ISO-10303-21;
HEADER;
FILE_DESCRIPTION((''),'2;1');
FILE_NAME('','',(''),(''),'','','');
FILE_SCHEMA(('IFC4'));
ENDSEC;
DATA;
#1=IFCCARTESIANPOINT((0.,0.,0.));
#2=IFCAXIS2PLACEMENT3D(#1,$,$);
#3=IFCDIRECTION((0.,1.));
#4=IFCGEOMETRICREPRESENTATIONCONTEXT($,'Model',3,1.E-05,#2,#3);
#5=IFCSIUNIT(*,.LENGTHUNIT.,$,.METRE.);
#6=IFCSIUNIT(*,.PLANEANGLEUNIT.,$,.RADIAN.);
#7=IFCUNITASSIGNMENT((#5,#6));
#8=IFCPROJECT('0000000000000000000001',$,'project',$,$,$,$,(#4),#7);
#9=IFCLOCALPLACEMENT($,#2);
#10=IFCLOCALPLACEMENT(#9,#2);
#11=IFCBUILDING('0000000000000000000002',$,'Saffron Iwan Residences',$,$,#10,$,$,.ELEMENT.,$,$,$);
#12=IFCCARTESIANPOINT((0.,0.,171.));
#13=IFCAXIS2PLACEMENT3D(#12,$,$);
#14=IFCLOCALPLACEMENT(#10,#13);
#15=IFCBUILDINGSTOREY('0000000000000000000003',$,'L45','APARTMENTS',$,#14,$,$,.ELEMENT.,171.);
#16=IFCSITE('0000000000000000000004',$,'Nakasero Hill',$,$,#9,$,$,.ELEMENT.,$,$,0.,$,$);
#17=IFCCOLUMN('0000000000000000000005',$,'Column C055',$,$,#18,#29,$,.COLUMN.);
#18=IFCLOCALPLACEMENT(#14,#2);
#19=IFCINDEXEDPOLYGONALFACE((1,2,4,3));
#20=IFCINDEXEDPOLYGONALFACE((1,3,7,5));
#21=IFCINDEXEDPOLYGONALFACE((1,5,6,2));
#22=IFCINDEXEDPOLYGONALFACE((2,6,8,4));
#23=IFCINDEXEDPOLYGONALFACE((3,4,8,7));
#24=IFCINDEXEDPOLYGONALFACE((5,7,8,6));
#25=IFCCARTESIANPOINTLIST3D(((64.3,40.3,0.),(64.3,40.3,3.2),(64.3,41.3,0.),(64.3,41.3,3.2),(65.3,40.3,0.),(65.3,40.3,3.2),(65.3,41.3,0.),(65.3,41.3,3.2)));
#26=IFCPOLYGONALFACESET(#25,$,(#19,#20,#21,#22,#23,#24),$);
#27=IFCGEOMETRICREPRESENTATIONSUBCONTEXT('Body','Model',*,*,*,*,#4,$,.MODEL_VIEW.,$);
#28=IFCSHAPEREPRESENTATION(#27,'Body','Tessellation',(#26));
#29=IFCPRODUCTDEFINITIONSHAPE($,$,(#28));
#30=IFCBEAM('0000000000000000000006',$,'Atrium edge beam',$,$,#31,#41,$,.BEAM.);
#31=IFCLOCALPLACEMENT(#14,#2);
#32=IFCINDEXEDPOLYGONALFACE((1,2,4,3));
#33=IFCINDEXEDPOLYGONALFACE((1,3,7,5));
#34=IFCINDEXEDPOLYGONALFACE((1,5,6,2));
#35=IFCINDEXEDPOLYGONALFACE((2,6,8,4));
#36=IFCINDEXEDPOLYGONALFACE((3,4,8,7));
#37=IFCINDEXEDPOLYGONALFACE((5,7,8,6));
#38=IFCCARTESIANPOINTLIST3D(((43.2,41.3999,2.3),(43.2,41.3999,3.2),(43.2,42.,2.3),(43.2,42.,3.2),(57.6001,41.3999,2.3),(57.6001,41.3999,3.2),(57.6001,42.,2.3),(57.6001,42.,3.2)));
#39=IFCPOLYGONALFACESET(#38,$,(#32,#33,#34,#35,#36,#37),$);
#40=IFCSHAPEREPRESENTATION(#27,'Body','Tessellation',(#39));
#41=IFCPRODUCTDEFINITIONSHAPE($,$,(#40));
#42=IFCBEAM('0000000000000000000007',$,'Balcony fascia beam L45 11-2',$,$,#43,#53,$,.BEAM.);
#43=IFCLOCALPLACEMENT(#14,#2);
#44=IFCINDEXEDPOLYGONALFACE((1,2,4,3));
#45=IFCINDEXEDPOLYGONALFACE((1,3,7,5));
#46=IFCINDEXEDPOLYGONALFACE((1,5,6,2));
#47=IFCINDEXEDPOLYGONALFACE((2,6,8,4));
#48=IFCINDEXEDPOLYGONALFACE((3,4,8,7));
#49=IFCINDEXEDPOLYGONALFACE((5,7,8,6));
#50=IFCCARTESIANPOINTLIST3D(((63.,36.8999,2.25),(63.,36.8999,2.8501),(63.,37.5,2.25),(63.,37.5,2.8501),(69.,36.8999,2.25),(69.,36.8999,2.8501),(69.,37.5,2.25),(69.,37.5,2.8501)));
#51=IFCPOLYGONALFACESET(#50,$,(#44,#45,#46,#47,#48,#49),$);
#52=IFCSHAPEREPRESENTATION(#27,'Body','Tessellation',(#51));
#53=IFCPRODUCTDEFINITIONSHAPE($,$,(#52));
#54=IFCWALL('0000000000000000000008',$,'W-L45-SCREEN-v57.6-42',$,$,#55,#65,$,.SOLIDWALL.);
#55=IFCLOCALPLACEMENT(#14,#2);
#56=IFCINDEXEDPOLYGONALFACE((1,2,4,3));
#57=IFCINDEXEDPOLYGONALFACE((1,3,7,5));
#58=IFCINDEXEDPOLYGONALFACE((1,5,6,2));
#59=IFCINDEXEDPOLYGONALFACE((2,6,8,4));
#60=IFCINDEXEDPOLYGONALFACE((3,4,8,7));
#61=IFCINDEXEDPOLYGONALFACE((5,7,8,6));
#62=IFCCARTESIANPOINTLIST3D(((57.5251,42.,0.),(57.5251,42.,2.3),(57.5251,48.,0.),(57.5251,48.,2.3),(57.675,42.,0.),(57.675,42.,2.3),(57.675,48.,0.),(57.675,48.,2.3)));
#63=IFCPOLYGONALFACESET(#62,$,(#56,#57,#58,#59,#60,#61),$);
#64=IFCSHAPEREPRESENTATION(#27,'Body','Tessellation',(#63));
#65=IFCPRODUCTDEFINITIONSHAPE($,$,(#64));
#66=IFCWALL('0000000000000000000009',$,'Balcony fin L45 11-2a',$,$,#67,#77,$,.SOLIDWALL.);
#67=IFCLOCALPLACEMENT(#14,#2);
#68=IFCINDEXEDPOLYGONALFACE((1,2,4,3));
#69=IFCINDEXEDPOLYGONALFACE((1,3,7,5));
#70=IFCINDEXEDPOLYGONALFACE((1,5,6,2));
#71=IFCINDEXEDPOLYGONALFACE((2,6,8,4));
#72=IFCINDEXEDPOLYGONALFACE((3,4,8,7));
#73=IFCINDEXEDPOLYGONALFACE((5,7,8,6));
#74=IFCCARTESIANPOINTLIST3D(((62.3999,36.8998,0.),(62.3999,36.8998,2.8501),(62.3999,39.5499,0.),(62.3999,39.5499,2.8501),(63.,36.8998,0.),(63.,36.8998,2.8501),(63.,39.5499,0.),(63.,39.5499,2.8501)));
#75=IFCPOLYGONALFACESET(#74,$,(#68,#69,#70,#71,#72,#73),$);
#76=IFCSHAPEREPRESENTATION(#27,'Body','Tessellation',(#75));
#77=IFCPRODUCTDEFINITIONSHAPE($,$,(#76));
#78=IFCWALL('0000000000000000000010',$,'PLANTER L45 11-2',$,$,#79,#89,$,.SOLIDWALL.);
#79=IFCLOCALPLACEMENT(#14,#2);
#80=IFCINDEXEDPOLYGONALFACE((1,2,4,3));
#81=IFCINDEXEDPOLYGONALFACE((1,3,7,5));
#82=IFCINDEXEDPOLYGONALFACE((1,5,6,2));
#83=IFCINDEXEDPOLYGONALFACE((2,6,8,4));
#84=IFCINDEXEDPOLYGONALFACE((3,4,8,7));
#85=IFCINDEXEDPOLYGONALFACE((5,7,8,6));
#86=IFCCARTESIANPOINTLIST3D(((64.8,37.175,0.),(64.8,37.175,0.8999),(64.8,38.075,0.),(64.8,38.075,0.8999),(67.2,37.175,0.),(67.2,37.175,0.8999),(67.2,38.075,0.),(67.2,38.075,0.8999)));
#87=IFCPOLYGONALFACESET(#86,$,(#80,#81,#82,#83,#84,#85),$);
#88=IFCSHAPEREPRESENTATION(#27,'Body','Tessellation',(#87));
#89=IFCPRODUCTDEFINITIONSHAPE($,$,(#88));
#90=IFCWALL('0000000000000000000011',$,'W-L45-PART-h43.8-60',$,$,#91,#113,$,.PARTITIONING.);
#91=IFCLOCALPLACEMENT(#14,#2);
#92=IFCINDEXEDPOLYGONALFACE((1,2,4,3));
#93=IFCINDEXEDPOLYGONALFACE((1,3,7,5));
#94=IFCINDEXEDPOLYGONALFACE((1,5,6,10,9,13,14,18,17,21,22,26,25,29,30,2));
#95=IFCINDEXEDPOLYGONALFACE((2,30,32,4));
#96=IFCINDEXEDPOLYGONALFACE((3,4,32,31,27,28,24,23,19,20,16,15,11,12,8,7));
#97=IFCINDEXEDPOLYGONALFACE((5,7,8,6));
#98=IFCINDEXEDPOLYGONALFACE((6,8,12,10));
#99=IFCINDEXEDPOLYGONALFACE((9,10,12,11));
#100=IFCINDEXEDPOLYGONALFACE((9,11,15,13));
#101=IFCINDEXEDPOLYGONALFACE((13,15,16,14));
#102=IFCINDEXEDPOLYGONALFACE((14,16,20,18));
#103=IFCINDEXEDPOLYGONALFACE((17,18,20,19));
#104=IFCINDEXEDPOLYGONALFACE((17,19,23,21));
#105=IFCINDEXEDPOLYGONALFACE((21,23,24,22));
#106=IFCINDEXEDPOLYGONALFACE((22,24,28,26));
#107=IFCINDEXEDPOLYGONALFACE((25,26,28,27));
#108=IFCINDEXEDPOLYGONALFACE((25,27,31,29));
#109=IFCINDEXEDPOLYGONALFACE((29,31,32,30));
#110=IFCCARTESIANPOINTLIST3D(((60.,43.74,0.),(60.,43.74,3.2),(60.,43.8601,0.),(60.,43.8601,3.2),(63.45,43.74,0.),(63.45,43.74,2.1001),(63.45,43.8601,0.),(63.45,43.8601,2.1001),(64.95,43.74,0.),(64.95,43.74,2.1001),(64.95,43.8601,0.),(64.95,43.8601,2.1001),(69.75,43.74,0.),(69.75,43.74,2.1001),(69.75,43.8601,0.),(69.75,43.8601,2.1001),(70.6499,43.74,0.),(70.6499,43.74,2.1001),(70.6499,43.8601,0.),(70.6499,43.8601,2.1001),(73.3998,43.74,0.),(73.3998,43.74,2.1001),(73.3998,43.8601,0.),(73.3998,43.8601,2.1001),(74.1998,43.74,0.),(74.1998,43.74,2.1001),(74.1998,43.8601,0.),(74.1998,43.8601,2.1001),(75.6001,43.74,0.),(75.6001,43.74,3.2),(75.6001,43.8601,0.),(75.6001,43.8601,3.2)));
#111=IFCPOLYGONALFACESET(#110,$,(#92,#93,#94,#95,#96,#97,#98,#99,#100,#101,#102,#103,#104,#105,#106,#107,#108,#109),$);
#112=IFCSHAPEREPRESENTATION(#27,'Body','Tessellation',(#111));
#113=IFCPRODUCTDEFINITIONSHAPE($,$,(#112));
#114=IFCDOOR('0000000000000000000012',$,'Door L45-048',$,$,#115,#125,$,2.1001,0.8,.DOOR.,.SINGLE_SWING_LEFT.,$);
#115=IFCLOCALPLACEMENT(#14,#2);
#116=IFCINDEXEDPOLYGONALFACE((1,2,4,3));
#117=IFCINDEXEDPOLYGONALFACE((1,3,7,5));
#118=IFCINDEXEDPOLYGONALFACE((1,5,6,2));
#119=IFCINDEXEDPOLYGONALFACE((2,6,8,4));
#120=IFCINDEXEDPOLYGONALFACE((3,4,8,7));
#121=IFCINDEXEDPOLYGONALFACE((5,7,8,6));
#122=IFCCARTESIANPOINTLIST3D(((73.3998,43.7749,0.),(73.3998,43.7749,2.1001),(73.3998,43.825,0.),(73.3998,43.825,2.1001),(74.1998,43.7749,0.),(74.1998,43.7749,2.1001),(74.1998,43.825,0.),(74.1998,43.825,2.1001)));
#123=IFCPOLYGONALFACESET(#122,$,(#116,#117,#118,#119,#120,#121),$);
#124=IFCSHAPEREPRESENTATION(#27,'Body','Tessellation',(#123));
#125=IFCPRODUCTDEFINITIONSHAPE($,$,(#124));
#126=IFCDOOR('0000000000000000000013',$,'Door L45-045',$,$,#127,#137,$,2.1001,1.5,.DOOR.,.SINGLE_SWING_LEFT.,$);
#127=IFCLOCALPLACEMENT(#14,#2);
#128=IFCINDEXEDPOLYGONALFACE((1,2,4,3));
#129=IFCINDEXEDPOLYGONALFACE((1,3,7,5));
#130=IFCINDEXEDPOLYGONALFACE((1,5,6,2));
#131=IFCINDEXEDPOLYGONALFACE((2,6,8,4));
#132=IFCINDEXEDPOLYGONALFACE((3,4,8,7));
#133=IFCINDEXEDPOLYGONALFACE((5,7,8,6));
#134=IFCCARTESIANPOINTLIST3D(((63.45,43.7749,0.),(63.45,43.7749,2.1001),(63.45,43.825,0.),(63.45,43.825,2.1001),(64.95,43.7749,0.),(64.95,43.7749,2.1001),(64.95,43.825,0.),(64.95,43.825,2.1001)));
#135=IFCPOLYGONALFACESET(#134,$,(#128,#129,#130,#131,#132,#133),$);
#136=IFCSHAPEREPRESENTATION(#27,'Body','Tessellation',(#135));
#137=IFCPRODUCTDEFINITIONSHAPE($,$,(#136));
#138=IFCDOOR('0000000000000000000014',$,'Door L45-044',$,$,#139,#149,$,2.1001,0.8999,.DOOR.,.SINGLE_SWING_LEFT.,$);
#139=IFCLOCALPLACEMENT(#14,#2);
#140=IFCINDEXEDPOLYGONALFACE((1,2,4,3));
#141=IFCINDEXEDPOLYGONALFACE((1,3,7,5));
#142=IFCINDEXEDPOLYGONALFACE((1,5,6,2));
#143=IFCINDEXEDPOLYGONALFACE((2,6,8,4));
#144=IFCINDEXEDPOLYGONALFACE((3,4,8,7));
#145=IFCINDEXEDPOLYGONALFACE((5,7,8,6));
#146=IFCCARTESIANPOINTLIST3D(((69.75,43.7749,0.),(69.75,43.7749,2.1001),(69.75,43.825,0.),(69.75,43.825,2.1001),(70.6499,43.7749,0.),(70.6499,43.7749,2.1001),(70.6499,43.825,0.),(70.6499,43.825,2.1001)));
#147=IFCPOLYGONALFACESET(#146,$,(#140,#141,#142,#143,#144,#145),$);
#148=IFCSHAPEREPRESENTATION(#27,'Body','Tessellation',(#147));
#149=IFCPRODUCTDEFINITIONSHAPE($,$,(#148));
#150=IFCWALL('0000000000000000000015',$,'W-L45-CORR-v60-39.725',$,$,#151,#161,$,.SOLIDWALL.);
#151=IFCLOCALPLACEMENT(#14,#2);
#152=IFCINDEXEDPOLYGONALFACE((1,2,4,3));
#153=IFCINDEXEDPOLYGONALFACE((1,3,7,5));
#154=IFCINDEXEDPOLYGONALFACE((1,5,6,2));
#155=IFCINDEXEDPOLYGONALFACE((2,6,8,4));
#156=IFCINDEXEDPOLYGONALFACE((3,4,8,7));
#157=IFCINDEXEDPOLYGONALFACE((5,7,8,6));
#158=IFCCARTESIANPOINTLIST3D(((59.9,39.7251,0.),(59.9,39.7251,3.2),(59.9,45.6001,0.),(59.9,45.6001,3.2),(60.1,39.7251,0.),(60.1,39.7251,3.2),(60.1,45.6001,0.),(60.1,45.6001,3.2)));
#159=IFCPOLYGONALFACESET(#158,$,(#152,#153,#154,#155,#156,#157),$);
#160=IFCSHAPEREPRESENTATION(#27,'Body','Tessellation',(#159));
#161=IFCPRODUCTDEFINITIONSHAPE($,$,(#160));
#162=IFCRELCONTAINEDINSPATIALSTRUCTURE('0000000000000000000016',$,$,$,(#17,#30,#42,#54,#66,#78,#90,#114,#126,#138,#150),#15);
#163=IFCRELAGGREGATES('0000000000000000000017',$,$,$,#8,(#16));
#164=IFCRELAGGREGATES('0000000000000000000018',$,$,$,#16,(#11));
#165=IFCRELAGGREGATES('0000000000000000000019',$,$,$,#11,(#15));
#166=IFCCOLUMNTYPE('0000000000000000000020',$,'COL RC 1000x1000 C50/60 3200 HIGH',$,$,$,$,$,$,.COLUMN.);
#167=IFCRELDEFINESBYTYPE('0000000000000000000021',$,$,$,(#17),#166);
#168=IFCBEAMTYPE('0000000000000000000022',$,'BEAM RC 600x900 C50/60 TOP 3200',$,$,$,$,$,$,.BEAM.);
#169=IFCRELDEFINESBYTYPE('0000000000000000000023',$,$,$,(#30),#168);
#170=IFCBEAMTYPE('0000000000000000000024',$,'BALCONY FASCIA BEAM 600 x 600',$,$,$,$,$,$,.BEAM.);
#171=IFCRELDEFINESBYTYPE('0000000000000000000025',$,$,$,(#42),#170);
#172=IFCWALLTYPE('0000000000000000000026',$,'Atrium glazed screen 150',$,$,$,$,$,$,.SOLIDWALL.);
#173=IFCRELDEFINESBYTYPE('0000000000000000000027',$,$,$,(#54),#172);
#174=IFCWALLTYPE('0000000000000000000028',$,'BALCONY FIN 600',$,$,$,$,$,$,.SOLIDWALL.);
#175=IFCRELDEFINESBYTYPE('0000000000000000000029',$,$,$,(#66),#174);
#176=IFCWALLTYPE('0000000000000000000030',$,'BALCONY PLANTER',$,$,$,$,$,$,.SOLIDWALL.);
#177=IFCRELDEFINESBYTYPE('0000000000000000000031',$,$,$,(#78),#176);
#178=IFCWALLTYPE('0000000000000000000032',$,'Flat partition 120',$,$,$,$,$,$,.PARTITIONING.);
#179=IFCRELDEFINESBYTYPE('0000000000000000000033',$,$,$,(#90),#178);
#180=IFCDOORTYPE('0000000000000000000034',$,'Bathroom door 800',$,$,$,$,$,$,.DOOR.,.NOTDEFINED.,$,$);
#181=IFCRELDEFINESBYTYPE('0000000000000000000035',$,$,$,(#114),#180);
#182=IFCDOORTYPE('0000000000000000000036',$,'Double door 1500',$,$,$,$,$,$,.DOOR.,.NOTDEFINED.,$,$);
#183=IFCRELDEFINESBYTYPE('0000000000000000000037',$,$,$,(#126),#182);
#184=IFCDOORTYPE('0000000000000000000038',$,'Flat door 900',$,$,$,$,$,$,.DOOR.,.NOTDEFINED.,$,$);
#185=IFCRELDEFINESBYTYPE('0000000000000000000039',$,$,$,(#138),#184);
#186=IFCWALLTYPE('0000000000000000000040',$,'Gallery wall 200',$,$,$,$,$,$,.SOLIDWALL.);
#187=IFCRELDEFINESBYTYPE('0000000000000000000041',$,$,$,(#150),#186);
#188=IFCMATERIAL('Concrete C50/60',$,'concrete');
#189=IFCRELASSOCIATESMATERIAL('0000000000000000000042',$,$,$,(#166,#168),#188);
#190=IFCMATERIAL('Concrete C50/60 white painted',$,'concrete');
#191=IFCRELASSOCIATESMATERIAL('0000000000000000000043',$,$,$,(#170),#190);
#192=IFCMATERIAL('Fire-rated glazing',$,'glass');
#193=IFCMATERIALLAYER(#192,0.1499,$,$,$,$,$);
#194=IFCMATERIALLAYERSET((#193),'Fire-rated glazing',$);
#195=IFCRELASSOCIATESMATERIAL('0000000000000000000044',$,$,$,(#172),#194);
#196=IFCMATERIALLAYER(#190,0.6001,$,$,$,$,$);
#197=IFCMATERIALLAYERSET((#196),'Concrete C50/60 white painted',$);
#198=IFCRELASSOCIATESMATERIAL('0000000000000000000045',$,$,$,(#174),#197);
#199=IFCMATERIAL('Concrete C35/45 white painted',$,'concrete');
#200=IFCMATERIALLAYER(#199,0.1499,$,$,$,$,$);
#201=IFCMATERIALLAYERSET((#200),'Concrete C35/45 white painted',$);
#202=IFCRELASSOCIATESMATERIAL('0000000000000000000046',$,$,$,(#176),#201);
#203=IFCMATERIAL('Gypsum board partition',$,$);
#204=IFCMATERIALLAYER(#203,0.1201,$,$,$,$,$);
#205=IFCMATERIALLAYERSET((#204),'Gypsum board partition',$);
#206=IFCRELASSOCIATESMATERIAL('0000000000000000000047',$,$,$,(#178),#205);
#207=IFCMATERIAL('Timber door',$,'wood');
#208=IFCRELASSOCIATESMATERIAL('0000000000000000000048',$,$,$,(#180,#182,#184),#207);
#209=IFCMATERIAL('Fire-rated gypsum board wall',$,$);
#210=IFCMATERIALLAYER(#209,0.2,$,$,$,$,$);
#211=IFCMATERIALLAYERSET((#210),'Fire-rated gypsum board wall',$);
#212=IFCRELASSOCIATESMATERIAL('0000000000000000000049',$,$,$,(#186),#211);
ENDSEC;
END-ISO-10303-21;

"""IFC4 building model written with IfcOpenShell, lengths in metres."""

from ifc_helpers import new_model, si_unit, direction, frame, frame_2d, origin, origin_2d, place, context, subcontext, project, spatial, rectangle, extrude, source, transform, mapped, material, layer, layer_set, material_profile, profile_set, type_object, element, fill, save


model = new_model("IFC4")

# Units and contexts
model_context = context("Model", 3, precision=1e-05, world=origin(), true_north=direction((0.0, 1.0)))
body_context = subcontext(model_context, "Body", "Model", "MODEL_VIEW")
ifc_project = project(units=[si_unit("LENGTHUNIT", "METRE"), si_unit("PLANEANGLEUNIT", "RADIAN")], contexts=[model_context])

# Site, building, storey
site_placement = place(None, origin())
site = spatial("IfcSite", under=ifc_project, at=site_placement, Name="Nakasero Hill", CompositionType="ELEMENT", RefElevation=0.0)
building_placement = place(site_placement, origin())
building = spatial("IfcBuilding", under=site, at=building_placement, Name="Saffron Iwan Residences", CompositionType="ELEMENT")
storey_placement = place(building_placement, frame((0.0, 0.0, 171.0)))
storey = spatial("IfcBuildingStorey", under=building, at=storey_placement, Name="L45", Description="APARTMENTS", CompositionType="ELEMENT", Elevation=171.0)

# Column
ifc_material_1 = material(Name="Concrete C50/60", Category="concrete")
ifc_material_profile_1 = material_profile(ifc_material_1, rectangle(XDim=1.0, YDim=1.0, at=origin_2d()), Name="RC 1000x1000")
ifc_profile_set_1 = profile_set([ifc_material_profile_1], Name="Concrete C50/60")
column_type = type_object("IfcColumnType", Name="COL RC 1000x1000 C50/60 3200 HIGH", PredefinedType="COLUMN", material=ifc_profile_set_1)
shared_shape_1 = source(origin(), body_context, "Body", "SweptSolid", [
    extrude(rectangle(XDim=1.0, YDim=1.0, at=origin_2d()), origin(), (0.0, 0.0, 1.0), 3.2),
])
column_placement = place(storey_placement, frame((64.8, 40.8, 0.0), z_axis=(0.0, 0.0, 1.0), x_axis=(1.0, 0.0, 0.0)))
element("IfcColumn", 1, at=column_placement, inside=storey, type_object=column_type, Name="Column C055", PredefinedType="COLUMN", context=body_context, shape_type="MappedRepresentation", body=[
    mapped(shared_shape_1, transform((0.0, 0.0, 0.0))),
])

# Beams
ifc_material_profile_2 = material_profile(ifc_material_1, rectangle(XDim=0.6001, YDim=0.8999, at=origin_2d()), Name="RC 600x900")
ifc_profile_set_2 = profile_set([ifc_material_profile_2], Name="Concrete C50/60")
beam_type_1 = type_object("IfcBeamType", Name="BEAM RC 600x900 C50/60 TOP 3200", PredefinedType="BEAM", material=ifc_profile_set_2)
shared_shape_2 = source(origin(), body_context, "Body", "SweptSolid", [
    extrude(rectangle(XDim=0.6001, YDim=0.8999, at=origin_2d()), origin(), (0.0, 0.0, 1.0), 14.4001),
])
beam_1_placement = place(storey_placement, frame((57.6001, 41.7, 2.75), z_axis=(-1.0, 0.0, 0.0), x_axis=(0.0, -1.0, 0.0)))
element("IfcBeam", 2, at=beam_1_placement, inside=storey, type_object=beam_type_1, Name="Atrium edge beam", PredefinedType="BEAM", context=body_context, shape_type="MappedRepresentation", body=[
    mapped(shared_shape_2, transform((0.0, 0.0, 0.0))),
])
ifc_material_2 = material(Name="Concrete C50/60 white painted", Category="concrete")
ifc_material_profile_3 = material_profile(ifc_material_2, rectangle(XDim=0.6001, YDim=0.6001, at=origin_2d()), Name="BALCONY FASCIA BEAM 600 x 600")
ifc_profile_set_3 = profile_set([ifc_material_profile_3], Name="Concrete C50/60 white painted")
beam_type_2 = type_object("IfcBeamType", Name="BALCONY FASCIA BEAM 600 x 600", PredefinedType="BEAM", material=ifc_profile_set_3)
shared_shape_3 = source(origin(), body_context, "Body", "SweptSolid", [
    extrude(rectangle(XDim=0.6001, YDim=0.6001, at=origin_2d()), origin(), (0.0, 0.0, 1.0), 6.0),
])
beam_2_placement = place(storey_placement, frame((63.0, 37.2, 2.55), z_axis=(1.0, 0.0, 0.0), x_axis=(0.0, 1.0, 0.0)))
element("IfcBeam", 3, at=beam_2_placement, inside=storey, type_object=beam_type_2, Name="Balcony fascia beam L45 11-2", PredefinedType="BEAM", context=body_context, shape_type="MappedRepresentation", body=[
    mapped(shared_shape_3, transform((0.0, 0.0, 0.0))),
])

# Walls
ifc_material_3 = material(Name="Fire-rated glazing", Category="glass")
ifc_layer_1 = layer(ifc_material_3, 0.1499)
ifc_layer_set_1 = layer_set([ifc_layer_1], Name="Fire-rated glazing")
wall_type_1 = type_object("IfcWallType", Name="Atrium glazed screen 150", PredefinedType="SOLIDWALL", material=ifc_layer_set_1)
wall_1_placement = place(storey_placement, frame((57.6001, 42.0, 0.0), z_axis=(0.0, 0.0, 1.0), x_axis=(0.0, 1.0, 0.0)))
element("IfcWall", 4, at=wall_1_placement, inside=storey, type_object=wall_type_1, Name="W-L45-SCREEN-v57.6-42", PredefinedType="SOLIDWALL", context=body_context, shape_type="SweptSolid", body=[
    extrude(rectangle(XDim=6.0, YDim=0.1499, at=frame_2d((3.0, 0.0))), origin(), (0.0, 0.0, 1.0), 2.3),
])
ifc_layer_2 = layer(ifc_material_2, 0.6001)
ifc_layer_set_2 = layer_set([ifc_layer_2], Name="Concrete C50/60 white painted")
wall_type_2 = type_object("IfcWallType", Name="BALCONY FIN 600", PredefinedType="SOLIDWALL", material=ifc_layer_set_2)
wall_2_placement = place(storey_placement, frame((62.7, 39.55, 0.0), z_axis=(0.0, 0.0, 1.0), x_axis=(0.0, -1.0, 0.0)))
element("IfcWall", 5, at=wall_2_placement, inside=storey, type_object=wall_type_2, Name="Balcony fin L45 11-2a", PredefinedType="SOLIDWALL", context=body_context, shape_type="SweptSolid", body=[
    extrude(rectangle(XDim=2.6501, YDim=0.6001, at=frame_2d((1.3252, 0.0))), origin(), (0.0, 0.0, 1.0), 2.8501),
])
ifc_material_4 = material(Name="Concrete C35/45 white painted", Category="concrete")
ifc_layer_3 = layer(ifc_material_4, 0.1499)
ifc_layer_set_3 = layer_set([ifc_layer_3], Name="Concrete C35/45 white painted")
wall_type_3 = type_object("IfcWallType", Name="BALCONY PLANTER", PredefinedType="SOLIDWALL", material=ifc_layer_set_3)
wall_3_placement = place(storey_placement, frame((64.8, 37.625, 0.0), z_axis=(0.0, 0.0, 1.0), x_axis=(1.0, 0.0, 0.0)))
element("IfcWall", 6, at=wall_3_placement, inside=storey, type_object=wall_type_3, Name="PLANTER L45 11-2", PredefinedType="SOLIDWALL", context=body_context, shape_type="SweptSolid", body=[
    extrude(rectangle(XDim=2.3999, YDim=0.8999, at=frame_2d((1.2, 0.0))), origin(), (0.0, 0.0, 1.0), 0.8999),
])

# Wall, openings, doors
ifc_material_5 = material(Name="Gypsum board partition")
ifc_layer_4 = layer(ifc_material_5, 0.1201)
ifc_layer_set_4 = layer_set([ifc_layer_4], Name="Gypsum board partition")
wall_type_4 = type_object("IfcWallType", Name="Flat partition 120", PredefinedType="PARTITIONING", material=ifc_layer_set_4)
wall_4_placement = place(storey_placement, frame((60.0, 43.8, 0.0), z_axis=(0.0, 0.0, 1.0), x_axis=(1.0, 0.0, 0.0)))
wall_4 = element("IfcWall", 7, at=wall_4_placement, inside=storey, type_object=wall_type_4, Name="W-L45-PART-h43.8-60", PredefinedType="PARTITIONING", context=body_context, shape_type="SweptSolid", body=[
    extrude(rectangle(XDim=15.6001, YDim=0.1201, at=frame_2d((7.8, 0.0))), origin(), (0.0, 0.0, 1.0), 3.2),
])
opening_1_placement = place(wall_4_placement, frame((9.75, 0.0, 0.0)))
opening_1 = element("IfcOpeningElement", 8, at=opening_1_placement, cuts=wall_4, PredefinedType="OPENING", context=body_context, shape_type="SweptSolid", body=[
    extrude(rectangle(XDim=0.8999, YDim=2.1001, at=frame_2d((0.45, 1.05))), frame((0.0, 0.0701, 0.0), z_axis=(0.0, -1.0, 0.0), x_axis=(1.0, 0.0, 0.0)), (0.0, 0.0, 1.0), 0.1401),
])
opening_2_placement = place(wall_4_placement, frame((3.45, 0.0, 0.0)))
opening_2 = element("IfcOpeningElement", 9, at=opening_2_placement, cuts=wall_4, PredefinedType="OPENING", context=body_context, shape_type="SweptSolid", body=[
    extrude(rectangle(XDim=1.5, YDim=2.1001, at=frame_2d((0.75, 1.05))), frame((0.0, 0.0701, 0.0), z_axis=(0.0, -1.0, 0.0), x_axis=(1.0, 0.0, 0.0)), (0.0, 0.0, 1.0), 0.1401),
])
opening_3_placement = place(wall_4_placement, frame((13.3999, 0.0, 0.0)))
opening_3 = element("IfcOpeningElement", 10, at=opening_3_placement, cuts=wall_4, PredefinedType="OPENING", context=body_context, shape_type="SweptSolid", body=[
    extrude(rectangle(XDim=0.8, YDim=2.1001, at=frame_2d((0.3999, 1.05))), frame((0.0, 0.0701, 0.0), z_axis=(0.0, -1.0, 0.0), x_axis=(1.0, 0.0, 0.0)), (0.0, 0.0, 1.0), 0.1401),
])
ifc_material_6 = material(Name="Timber door", Category="wood")
door_type_1 = type_object("IfcDoorType", Name="Bathroom door 800", OperationType="NOTDEFINED", PredefinedType="DOOR", material=ifc_material_6)
door_1_placement = place(opening_3_placement, origin())
door_1 = element("IfcDoor", 11, at=door_1_placement, inside=storey, type_object=door_type_1, Name="Door L45-048", OperationType="SINGLE_SWING_LEFT", OverallHeight=2.1001, OverallWidth=0.8, PredefinedType="DOOR", context=body_context, shape_type="SweptSolid", body=[
    extrude(rectangle(XDim=0.8, YDim=2.1001, at=frame_2d((0.3999, 1.05))), frame((0.0, 0.0249, 0.0), z_axis=(0.0, -1.0, 0.0), x_axis=(1.0, 0.0, 0.0)), (0.0, 0.0, 1.0), 0.05),
])
fill(opening_3, door_1)
door_type_2 = type_object("IfcDoorType", Name="Double door 1500", OperationType="NOTDEFINED", PredefinedType="DOOR", material=ifc_material_6)
door_2_placement = place(opening_2_placement, origin())
door_2 = element("IfcDoor", 12, at=door_2_placement, inside=storey, type_object=door_type_2, Name="Door L45-045", OperationType="SINGLE_SWING_LEFT", OverallHeight=2.1001, OverallWidth=1.5, PredefinedType="DOOR", context=body_context, shape_type="SweptSolid", body=[
    extrude(rectangle(XDim=1.5, YDim=2.1001, at=frame_2d((0.75, 1.05))), frame((0.0, 0.0249, 0.0), z_axis=(0.0, -1.0, 0.0), x_axis=(1.0, 0.0, 0.0)), (0.0, 0.0, 1.0), 0.05),
])
fill(opening_2, door_2)
door_type_3 = type_object("IfcDoorType", Name="Flat door 900", OperationType="NOTDEFINED", PredefinedType="DOOR", material=ifc_material_6)
door_3_placement = place(opening_1_placement, origin())
door_3 = element("IfcDoor", 13, at=door_3_placement, inside=storey, type_object=door_type_3, Name="Door L45-044", OperationType="SINGLE_SWING_LEFT", OverallHeight=2.1001, OverallWidth=0.8999, PredefinedType="DOOR", context=body_context, shape_type="SweptSolid", body=[
    extrude(rectangle(XDim=0.8999, YDim=2.1001, at=frame_2d((0.45, 1.05))), frame((0.0, 0.0249, 0.0), z_axis=(0.0, -1.0, 0.0), x_axis=(1.0, 0.0, 0.0)), (0.0, 0.0, 1.0), 0.05),
])
fill(opening_1, door_3)

# Wall
ifc_material_7 = material(Name="Fire-rated gypsum board wall")
ifc_layer_5 = layer(ifc_material_7, 0.2)
ifc_layer_set_5 = layer_set([ifc_layer_5], Name="Fire-rated gypsum board wall")
wall_type_5 = type_object("IfcWallType", Name="Gallery wall 200", PredefinedType="SOLIDWALL", material=ifc_layer_set_5)
wall_5_placement = place(storey_placement, frame((60.0, 39.7251, 0.0), z_axis=(0.0, 0.0, 1.0), x_axis=(0.0, 1.0, 0.0)))
element("IfcWall", 14, at=wall_5_placement, inside=storey, type_object=wall_type_5, Name="W-L45-CORR-v60-39.725", PredefinedType="SOLIDWALL", context=body_context, shape_type="SweptSolid", body=[
    extrude(rectangle(XDim=5.875, YDim=0.2, at=frame_2d((2.9375, 0.0))), origin(), (0.0, 0.0, 1.0), 3.2),
])

save(model, "model.ifc")
